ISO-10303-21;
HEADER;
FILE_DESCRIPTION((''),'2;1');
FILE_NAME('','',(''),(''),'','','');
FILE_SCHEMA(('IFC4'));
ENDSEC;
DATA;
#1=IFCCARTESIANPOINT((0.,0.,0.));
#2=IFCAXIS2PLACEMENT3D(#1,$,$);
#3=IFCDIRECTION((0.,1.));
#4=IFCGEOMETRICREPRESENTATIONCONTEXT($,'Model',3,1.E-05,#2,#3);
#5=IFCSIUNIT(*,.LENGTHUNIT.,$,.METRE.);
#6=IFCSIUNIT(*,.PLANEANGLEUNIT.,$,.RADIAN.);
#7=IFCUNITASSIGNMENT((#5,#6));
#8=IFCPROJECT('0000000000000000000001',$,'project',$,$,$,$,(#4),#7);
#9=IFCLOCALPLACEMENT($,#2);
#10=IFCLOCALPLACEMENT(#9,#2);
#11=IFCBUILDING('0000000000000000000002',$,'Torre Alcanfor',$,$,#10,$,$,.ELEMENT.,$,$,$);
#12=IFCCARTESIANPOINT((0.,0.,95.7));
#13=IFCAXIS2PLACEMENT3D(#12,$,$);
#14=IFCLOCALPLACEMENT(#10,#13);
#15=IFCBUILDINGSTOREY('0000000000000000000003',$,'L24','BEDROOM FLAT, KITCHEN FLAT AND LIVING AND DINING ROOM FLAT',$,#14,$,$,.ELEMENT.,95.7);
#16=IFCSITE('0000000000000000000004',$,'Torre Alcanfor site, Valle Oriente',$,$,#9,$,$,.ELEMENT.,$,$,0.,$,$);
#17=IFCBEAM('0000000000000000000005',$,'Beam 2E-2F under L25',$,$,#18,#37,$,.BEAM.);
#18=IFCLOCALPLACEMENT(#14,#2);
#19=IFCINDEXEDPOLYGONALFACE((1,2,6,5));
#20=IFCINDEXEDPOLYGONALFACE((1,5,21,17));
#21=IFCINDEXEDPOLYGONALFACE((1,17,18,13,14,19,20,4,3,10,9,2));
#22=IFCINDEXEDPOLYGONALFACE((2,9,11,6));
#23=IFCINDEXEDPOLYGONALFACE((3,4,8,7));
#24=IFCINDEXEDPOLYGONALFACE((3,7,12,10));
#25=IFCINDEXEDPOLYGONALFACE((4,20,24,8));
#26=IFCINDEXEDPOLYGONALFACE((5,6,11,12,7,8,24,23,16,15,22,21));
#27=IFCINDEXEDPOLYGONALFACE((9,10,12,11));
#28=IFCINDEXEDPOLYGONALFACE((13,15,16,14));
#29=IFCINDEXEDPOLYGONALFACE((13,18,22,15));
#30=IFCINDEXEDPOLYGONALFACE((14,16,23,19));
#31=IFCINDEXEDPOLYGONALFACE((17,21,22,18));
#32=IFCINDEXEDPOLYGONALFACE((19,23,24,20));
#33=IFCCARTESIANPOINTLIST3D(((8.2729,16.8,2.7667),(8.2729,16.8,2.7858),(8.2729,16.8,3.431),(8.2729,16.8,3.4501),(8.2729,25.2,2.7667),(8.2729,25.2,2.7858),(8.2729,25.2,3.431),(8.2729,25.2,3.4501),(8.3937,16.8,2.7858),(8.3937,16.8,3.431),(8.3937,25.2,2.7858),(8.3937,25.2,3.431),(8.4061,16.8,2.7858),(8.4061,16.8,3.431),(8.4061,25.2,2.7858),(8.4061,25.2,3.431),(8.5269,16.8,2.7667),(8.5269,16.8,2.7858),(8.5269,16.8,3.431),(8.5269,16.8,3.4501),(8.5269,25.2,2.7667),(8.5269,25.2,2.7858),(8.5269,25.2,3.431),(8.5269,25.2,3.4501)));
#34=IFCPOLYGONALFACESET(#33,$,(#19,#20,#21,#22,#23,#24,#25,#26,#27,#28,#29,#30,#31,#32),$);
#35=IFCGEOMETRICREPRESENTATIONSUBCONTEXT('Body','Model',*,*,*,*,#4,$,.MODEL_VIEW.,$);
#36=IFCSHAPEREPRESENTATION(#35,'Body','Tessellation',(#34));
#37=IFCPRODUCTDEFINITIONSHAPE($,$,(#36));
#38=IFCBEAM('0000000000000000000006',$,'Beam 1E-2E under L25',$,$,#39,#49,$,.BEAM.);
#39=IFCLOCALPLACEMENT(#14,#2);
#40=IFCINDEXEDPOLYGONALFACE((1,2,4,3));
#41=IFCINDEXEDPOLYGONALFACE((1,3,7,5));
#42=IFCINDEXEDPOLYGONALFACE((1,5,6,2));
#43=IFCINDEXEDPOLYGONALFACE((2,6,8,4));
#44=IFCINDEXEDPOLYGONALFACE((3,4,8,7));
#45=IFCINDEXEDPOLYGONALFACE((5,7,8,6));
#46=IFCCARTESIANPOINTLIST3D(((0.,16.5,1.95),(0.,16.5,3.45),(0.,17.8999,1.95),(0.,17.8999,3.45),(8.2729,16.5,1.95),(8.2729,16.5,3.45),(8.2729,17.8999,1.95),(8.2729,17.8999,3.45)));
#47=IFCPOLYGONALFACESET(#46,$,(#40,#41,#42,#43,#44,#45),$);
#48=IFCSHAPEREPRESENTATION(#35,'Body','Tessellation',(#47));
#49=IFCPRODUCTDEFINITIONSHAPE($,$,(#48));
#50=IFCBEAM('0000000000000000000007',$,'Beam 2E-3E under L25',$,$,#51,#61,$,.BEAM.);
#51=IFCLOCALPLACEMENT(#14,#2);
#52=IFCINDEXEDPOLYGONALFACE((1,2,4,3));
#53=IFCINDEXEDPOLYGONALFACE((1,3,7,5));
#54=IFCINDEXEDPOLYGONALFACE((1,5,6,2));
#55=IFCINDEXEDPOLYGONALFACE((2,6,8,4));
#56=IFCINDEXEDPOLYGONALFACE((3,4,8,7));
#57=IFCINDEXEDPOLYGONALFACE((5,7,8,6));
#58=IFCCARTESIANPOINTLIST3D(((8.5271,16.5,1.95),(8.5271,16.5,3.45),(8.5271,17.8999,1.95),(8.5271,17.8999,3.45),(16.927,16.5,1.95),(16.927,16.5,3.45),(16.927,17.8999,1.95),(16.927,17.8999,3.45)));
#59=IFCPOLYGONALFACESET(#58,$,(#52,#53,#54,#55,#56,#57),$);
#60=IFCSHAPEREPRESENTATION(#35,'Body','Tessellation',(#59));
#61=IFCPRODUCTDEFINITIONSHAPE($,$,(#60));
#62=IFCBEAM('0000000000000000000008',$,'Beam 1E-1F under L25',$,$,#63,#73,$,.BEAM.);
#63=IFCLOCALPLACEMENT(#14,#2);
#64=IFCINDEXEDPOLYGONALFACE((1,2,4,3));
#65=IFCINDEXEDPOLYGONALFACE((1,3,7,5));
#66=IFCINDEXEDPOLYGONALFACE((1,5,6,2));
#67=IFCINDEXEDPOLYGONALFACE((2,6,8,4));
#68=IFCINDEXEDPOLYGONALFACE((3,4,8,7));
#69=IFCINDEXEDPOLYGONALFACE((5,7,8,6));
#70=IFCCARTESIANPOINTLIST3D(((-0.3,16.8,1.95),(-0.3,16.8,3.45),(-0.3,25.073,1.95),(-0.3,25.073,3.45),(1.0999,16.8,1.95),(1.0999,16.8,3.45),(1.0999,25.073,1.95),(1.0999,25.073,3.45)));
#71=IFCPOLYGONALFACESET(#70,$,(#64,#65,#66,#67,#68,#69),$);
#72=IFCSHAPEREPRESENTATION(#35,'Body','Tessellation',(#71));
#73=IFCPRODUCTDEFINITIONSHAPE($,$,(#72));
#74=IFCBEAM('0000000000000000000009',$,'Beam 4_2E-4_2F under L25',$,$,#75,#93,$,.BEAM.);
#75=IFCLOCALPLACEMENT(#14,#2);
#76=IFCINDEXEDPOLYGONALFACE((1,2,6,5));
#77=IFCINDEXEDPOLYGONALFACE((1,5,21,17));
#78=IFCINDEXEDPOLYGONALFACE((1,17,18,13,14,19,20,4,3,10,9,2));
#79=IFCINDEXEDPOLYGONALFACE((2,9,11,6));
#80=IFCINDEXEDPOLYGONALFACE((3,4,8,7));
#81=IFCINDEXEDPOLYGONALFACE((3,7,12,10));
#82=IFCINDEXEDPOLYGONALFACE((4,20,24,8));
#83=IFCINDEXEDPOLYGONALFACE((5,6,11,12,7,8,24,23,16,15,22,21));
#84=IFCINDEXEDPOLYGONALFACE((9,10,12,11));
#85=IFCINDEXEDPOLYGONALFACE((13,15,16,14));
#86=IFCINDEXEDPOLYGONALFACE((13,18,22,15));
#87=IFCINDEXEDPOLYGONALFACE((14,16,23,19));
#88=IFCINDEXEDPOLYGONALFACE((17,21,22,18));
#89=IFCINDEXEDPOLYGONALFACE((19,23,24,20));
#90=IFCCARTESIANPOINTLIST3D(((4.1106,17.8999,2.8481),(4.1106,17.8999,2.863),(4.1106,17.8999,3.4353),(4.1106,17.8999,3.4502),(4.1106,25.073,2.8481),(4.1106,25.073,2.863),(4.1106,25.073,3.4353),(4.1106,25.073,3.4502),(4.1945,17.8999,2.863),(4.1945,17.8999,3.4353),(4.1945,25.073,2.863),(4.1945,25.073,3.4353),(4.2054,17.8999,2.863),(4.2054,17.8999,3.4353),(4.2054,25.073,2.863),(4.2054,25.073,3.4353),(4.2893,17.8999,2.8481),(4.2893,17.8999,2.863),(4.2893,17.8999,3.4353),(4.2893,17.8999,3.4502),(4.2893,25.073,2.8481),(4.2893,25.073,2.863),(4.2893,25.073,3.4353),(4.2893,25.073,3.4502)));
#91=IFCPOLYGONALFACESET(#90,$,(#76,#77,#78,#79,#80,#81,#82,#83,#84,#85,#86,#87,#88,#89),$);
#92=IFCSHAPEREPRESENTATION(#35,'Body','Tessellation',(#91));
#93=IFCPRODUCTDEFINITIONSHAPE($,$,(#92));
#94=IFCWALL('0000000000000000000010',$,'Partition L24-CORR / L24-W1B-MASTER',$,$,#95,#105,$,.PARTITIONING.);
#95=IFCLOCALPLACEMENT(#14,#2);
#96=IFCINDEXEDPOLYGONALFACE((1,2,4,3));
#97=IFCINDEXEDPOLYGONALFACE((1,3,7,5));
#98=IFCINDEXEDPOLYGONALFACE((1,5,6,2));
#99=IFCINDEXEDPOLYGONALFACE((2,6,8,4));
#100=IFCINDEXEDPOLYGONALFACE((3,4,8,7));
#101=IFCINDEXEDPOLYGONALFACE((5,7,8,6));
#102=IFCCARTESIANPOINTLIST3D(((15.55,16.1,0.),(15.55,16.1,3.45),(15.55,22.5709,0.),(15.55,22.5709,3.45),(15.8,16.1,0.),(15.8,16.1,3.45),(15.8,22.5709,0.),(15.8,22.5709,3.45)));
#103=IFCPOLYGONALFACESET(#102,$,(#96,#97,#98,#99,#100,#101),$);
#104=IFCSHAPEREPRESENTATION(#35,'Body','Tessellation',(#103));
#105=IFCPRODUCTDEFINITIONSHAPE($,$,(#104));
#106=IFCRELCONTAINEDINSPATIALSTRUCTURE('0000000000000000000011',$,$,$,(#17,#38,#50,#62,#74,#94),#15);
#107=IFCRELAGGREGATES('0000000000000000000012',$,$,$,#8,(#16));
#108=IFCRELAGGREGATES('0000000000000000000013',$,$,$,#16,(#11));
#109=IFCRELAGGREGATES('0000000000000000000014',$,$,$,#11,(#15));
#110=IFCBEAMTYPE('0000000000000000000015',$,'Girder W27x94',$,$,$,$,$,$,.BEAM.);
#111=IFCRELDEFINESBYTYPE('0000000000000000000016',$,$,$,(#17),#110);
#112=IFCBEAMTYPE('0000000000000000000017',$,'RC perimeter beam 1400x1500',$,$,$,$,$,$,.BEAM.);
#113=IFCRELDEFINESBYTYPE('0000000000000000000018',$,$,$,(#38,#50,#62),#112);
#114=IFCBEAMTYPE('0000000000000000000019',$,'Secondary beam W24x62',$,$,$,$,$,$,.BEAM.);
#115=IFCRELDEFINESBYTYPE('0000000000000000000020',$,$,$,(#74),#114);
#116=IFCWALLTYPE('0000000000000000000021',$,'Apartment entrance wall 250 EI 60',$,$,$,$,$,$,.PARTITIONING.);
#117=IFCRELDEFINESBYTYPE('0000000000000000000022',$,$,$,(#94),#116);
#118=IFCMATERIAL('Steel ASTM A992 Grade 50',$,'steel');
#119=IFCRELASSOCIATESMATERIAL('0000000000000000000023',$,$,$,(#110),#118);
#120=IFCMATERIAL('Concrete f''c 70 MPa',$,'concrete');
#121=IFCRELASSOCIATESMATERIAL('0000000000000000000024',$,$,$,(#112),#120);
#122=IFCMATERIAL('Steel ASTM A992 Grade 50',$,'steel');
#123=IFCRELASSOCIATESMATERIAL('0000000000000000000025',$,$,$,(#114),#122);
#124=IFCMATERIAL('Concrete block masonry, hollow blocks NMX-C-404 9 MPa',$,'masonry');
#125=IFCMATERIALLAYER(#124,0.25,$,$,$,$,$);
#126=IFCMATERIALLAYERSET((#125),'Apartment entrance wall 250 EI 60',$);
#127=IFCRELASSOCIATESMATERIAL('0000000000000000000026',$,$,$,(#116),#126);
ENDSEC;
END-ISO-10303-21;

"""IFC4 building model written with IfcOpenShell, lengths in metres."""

from ifc_helpers import new_model, si_unit, direction, frame, frame_2d, origin, origin_2d, place, context, subcontext, project, spatial, rectangle, i_section, extrude, material, layer, layer_set, material_profile, profile_set, type_object, element, save


model = new_model("IFC4")

# Units and contexts
model_context = context("Model", 3, precision=1e-05, world=origin(), true_north=direction((0.0, 1.0)))
body_context = subcontext(model_context, "Body", "Model", "MODEL_VIEW")
ifc_project = project(units=[si_unit("LENGTHUNIT", "METRE"), si_unit("PLANEANGLEUNIT", "RADIAN")], contexts=[model_context])

# Site, building, storey
site_placement = place(None, origin())
site = spatial("IfcSite", under=ifc_project, at=site_placement, Name="Torre Alcanfor site, Valle Oriente", CompositionType="ELEMENT", RefElevation=0.0)
building_placement = place(site_placement, origin())
building = spatial("IfcBuilding", under=site, at=building_placement, Name="Torre Alcanfor", CompositionType="ELEMENT")
storey_placement = place(building_placement, frame((0.0, 0.0, 95.7)))
storey = spatial("IfcBuildingStorey", under=building, at=storey_placement, Name="L24", Description="BEDROOM FLAT, KITCHEN FLAT AND LIVING AND DINING ROOM FLAT", CompositionType="ELEMENT", Elevation=95.7)

# Beams
ifc_material_1 = material(Name="Steel ASTM A992 Grade 50", Category="steel")
ifc_material_profile_1 = material_profile(ifc_material_1, i_section(OverallWidth=0.2539, OverallDepth=0.6833, WebThickness=0.0125, FlangeThickness=0.019, at=origin_2d()), Name="W27x94")
ifc_profile_set_1 = profile_set([ifc_material_profile_1], Name="Steel ASTM A992 Grade 50")
beam_type_1 = type_object("IfcBeamType", Name="Girder W27x94", PredefinedType="BEAM", material=ifc_profile_set_1)
beam_1_placement = place(storey_placement, frame((8.3999, 16.8, 3.1084), z_axis=(0.0, 1.0, 0.0), x_axis=(-1.0, 0.0, 0.0)))
element("IfcBeam", 1, at=beam_1_placement, inside=storey, type_object=beam_type_1, Name="Beam 2E-2F under L25", PredefinedType="BEAM", context=body_context, shape_type="SweptSolid", body=[
    extrude(i_section(OverallWidth=0.2539, OverallDepth=0.6833, WebThickness=0.0125, FlangeThickness=0.019, at=origin_2d()), origin(), (0.0, 0.0, 1.0), 8.3999),
])
ifc_material_2 = material(Name="Concrete f'c 70 MPa", Category="concrete")
ifc_material_profile_2 = material_profile(ifc_material_2, rectangle(XDim=1.3999, YDim=1.5, at=origin_2d()), Name="1400x1500")
ifc_profile_set_2 = profile_set([ifc_material_profile_2], Name="Concrete f'c 70 MPa")
beam_type_2 = type_object("IfcBeamType", Name="RC perimeter beam 1400x1500", PredefinedType="BEAM", material=ifc_profile_set_2)
beam_2_placement = place(storey_placement, frame((0.0, 17.2, 2.7), z_axis=(1.0, 0.0, 0.0), x_axis=(0.0, 1.0, 0.0)))
element("IfcBeam", 2, at=beam_2_placement, inside=storey, type_object=beam_type_2, Name="Beam 1E-2E under L25", PredefinedType="BEAM", context=body_context, shape_type="SweptSolid", body=[
    extrude(rectangle(XDim=1.3999, YDim=1.5, at=origin_2d()), origin(), (0.0, 0.0, 1.0), 8.2729),
])
beam_3_placement = place(storey_placement, frame((8.5271, 17.2, 2.7), z_axis=(1.0, 0.0, 0.0), x_axis=(0.0, 1.0, 0.0)))
element("IfcBeam", 3, at=beam_3_placement, inside=storey, type_object=beam_type_2, Name="Beam 2E-3E under L25", PredefinedType="BEAM", context=body_context, shape_type="SweptSolid", body=[
    extrude(rectangle(XDim=1.3999, YDim=1.5, at=origin_2d()), origin(), (0.0, 0.0, 1.0), 8.3999),
])
beam_4_placement = place(storey_placement, frame((0.3999, 16.8, 2.7), z_axis=(0.0, 1.0, 0.0), x_axis=(-1.0, 0.0, 0.0)))
element("IfcBeam", 4, at=beam_4_placement, inside=storey, type_object=beam_type_2, Name="Beam 1E-1F under L25", PredefinedType="BEAM", context=body_context, shape_type="SweptSolid", body=[
    extrude(rectangle(XDim=1.3999, YDim=1.5, at=origin_2d()), origin(), (0.0, 0.0, 1.0), 8.2729),
])
ifc_material_3 = material(Name="Steel ASTM A992 Grade 50", Category="steel")
ifc_material_profile_3 = material_profile(ifc_material_3, i_section(OverallWidth=0.1787, OverallDepth=0.6021, WebThickness=0.011, FlangeThickness=0.0149, at=origin_2d()), Name="W24x62")
ifc_profile_set_3 = profile_set([ifc_material_profile_3], Name="Steel ASTM A992 Grade 50")
beam_type_3 = type_object("IfcBeamType", Name="Secondary beam W24x62", PredefinedType="BEAM", material=ifc_profile_set_3)
beam_5_placement = place(storey_placement, frame((4.2, 17.8999, 3.1492), z_axis=(0.0, 1.0, 0.0), x_axis=(-1.0, 0.0, 0.0)))
element("IfcBeam", 5, at=beam_5_placement, inside=storey, type_object=beam_type_3, Name="Beam 4_2E-4_2F under L25", PredefinedType="BEAM", context=body_context, shape_type="SweptSolid", body=[
    extrude(i_section(OverallWidth=0.1787, OverallDepth=0.6021, WebThickness=0.011, FlangeThickness=0.0149, at=origin_2d()), origin(), (0.0, 0.0, 1.0), 7.1731),
])

# Wall
ifc_material_4 = material(Name="Concrete block masonry, hollow blocks NMX-C-404 9 MPa", Category="masonry")
ifc_layer_1 = layer(ifc_material_4, 0.25)
ifc_layer_set_1 = layer_set([ifc_layer_1], Name="Apartment entrance wall 250 EI 60")
wall_type_1 = type_object("IfcWallType", Name="Apartment entrance wall 250 EI 60", PredefinedType="PARTITIONING", material=ifc_layer_set_1)
wall_1_placement = place(storey_placement, frame((15.675, 16.1001, 0.0), z_axis=(0.0, 0.0, 1.0), x_axis=(0.0, 1.0, 0.0)))
element("IfcWall", 6, at=wall_1_placement, inside=storey, type_object=wall_type_1, Name="Partition L24-CORR / L24-W1B-MASTER", PredefinedType="PARTITIONING", context=body_context, shape_type="SweptSolid", body=[
    extrude(rectangle(XDim=6.4709, YDim=0.25, at=frame_2d((3.2354, 0.0))), origin(), (0.0, 0.0, 1.0), 3.45),
])

save(model, "model.ifc")
